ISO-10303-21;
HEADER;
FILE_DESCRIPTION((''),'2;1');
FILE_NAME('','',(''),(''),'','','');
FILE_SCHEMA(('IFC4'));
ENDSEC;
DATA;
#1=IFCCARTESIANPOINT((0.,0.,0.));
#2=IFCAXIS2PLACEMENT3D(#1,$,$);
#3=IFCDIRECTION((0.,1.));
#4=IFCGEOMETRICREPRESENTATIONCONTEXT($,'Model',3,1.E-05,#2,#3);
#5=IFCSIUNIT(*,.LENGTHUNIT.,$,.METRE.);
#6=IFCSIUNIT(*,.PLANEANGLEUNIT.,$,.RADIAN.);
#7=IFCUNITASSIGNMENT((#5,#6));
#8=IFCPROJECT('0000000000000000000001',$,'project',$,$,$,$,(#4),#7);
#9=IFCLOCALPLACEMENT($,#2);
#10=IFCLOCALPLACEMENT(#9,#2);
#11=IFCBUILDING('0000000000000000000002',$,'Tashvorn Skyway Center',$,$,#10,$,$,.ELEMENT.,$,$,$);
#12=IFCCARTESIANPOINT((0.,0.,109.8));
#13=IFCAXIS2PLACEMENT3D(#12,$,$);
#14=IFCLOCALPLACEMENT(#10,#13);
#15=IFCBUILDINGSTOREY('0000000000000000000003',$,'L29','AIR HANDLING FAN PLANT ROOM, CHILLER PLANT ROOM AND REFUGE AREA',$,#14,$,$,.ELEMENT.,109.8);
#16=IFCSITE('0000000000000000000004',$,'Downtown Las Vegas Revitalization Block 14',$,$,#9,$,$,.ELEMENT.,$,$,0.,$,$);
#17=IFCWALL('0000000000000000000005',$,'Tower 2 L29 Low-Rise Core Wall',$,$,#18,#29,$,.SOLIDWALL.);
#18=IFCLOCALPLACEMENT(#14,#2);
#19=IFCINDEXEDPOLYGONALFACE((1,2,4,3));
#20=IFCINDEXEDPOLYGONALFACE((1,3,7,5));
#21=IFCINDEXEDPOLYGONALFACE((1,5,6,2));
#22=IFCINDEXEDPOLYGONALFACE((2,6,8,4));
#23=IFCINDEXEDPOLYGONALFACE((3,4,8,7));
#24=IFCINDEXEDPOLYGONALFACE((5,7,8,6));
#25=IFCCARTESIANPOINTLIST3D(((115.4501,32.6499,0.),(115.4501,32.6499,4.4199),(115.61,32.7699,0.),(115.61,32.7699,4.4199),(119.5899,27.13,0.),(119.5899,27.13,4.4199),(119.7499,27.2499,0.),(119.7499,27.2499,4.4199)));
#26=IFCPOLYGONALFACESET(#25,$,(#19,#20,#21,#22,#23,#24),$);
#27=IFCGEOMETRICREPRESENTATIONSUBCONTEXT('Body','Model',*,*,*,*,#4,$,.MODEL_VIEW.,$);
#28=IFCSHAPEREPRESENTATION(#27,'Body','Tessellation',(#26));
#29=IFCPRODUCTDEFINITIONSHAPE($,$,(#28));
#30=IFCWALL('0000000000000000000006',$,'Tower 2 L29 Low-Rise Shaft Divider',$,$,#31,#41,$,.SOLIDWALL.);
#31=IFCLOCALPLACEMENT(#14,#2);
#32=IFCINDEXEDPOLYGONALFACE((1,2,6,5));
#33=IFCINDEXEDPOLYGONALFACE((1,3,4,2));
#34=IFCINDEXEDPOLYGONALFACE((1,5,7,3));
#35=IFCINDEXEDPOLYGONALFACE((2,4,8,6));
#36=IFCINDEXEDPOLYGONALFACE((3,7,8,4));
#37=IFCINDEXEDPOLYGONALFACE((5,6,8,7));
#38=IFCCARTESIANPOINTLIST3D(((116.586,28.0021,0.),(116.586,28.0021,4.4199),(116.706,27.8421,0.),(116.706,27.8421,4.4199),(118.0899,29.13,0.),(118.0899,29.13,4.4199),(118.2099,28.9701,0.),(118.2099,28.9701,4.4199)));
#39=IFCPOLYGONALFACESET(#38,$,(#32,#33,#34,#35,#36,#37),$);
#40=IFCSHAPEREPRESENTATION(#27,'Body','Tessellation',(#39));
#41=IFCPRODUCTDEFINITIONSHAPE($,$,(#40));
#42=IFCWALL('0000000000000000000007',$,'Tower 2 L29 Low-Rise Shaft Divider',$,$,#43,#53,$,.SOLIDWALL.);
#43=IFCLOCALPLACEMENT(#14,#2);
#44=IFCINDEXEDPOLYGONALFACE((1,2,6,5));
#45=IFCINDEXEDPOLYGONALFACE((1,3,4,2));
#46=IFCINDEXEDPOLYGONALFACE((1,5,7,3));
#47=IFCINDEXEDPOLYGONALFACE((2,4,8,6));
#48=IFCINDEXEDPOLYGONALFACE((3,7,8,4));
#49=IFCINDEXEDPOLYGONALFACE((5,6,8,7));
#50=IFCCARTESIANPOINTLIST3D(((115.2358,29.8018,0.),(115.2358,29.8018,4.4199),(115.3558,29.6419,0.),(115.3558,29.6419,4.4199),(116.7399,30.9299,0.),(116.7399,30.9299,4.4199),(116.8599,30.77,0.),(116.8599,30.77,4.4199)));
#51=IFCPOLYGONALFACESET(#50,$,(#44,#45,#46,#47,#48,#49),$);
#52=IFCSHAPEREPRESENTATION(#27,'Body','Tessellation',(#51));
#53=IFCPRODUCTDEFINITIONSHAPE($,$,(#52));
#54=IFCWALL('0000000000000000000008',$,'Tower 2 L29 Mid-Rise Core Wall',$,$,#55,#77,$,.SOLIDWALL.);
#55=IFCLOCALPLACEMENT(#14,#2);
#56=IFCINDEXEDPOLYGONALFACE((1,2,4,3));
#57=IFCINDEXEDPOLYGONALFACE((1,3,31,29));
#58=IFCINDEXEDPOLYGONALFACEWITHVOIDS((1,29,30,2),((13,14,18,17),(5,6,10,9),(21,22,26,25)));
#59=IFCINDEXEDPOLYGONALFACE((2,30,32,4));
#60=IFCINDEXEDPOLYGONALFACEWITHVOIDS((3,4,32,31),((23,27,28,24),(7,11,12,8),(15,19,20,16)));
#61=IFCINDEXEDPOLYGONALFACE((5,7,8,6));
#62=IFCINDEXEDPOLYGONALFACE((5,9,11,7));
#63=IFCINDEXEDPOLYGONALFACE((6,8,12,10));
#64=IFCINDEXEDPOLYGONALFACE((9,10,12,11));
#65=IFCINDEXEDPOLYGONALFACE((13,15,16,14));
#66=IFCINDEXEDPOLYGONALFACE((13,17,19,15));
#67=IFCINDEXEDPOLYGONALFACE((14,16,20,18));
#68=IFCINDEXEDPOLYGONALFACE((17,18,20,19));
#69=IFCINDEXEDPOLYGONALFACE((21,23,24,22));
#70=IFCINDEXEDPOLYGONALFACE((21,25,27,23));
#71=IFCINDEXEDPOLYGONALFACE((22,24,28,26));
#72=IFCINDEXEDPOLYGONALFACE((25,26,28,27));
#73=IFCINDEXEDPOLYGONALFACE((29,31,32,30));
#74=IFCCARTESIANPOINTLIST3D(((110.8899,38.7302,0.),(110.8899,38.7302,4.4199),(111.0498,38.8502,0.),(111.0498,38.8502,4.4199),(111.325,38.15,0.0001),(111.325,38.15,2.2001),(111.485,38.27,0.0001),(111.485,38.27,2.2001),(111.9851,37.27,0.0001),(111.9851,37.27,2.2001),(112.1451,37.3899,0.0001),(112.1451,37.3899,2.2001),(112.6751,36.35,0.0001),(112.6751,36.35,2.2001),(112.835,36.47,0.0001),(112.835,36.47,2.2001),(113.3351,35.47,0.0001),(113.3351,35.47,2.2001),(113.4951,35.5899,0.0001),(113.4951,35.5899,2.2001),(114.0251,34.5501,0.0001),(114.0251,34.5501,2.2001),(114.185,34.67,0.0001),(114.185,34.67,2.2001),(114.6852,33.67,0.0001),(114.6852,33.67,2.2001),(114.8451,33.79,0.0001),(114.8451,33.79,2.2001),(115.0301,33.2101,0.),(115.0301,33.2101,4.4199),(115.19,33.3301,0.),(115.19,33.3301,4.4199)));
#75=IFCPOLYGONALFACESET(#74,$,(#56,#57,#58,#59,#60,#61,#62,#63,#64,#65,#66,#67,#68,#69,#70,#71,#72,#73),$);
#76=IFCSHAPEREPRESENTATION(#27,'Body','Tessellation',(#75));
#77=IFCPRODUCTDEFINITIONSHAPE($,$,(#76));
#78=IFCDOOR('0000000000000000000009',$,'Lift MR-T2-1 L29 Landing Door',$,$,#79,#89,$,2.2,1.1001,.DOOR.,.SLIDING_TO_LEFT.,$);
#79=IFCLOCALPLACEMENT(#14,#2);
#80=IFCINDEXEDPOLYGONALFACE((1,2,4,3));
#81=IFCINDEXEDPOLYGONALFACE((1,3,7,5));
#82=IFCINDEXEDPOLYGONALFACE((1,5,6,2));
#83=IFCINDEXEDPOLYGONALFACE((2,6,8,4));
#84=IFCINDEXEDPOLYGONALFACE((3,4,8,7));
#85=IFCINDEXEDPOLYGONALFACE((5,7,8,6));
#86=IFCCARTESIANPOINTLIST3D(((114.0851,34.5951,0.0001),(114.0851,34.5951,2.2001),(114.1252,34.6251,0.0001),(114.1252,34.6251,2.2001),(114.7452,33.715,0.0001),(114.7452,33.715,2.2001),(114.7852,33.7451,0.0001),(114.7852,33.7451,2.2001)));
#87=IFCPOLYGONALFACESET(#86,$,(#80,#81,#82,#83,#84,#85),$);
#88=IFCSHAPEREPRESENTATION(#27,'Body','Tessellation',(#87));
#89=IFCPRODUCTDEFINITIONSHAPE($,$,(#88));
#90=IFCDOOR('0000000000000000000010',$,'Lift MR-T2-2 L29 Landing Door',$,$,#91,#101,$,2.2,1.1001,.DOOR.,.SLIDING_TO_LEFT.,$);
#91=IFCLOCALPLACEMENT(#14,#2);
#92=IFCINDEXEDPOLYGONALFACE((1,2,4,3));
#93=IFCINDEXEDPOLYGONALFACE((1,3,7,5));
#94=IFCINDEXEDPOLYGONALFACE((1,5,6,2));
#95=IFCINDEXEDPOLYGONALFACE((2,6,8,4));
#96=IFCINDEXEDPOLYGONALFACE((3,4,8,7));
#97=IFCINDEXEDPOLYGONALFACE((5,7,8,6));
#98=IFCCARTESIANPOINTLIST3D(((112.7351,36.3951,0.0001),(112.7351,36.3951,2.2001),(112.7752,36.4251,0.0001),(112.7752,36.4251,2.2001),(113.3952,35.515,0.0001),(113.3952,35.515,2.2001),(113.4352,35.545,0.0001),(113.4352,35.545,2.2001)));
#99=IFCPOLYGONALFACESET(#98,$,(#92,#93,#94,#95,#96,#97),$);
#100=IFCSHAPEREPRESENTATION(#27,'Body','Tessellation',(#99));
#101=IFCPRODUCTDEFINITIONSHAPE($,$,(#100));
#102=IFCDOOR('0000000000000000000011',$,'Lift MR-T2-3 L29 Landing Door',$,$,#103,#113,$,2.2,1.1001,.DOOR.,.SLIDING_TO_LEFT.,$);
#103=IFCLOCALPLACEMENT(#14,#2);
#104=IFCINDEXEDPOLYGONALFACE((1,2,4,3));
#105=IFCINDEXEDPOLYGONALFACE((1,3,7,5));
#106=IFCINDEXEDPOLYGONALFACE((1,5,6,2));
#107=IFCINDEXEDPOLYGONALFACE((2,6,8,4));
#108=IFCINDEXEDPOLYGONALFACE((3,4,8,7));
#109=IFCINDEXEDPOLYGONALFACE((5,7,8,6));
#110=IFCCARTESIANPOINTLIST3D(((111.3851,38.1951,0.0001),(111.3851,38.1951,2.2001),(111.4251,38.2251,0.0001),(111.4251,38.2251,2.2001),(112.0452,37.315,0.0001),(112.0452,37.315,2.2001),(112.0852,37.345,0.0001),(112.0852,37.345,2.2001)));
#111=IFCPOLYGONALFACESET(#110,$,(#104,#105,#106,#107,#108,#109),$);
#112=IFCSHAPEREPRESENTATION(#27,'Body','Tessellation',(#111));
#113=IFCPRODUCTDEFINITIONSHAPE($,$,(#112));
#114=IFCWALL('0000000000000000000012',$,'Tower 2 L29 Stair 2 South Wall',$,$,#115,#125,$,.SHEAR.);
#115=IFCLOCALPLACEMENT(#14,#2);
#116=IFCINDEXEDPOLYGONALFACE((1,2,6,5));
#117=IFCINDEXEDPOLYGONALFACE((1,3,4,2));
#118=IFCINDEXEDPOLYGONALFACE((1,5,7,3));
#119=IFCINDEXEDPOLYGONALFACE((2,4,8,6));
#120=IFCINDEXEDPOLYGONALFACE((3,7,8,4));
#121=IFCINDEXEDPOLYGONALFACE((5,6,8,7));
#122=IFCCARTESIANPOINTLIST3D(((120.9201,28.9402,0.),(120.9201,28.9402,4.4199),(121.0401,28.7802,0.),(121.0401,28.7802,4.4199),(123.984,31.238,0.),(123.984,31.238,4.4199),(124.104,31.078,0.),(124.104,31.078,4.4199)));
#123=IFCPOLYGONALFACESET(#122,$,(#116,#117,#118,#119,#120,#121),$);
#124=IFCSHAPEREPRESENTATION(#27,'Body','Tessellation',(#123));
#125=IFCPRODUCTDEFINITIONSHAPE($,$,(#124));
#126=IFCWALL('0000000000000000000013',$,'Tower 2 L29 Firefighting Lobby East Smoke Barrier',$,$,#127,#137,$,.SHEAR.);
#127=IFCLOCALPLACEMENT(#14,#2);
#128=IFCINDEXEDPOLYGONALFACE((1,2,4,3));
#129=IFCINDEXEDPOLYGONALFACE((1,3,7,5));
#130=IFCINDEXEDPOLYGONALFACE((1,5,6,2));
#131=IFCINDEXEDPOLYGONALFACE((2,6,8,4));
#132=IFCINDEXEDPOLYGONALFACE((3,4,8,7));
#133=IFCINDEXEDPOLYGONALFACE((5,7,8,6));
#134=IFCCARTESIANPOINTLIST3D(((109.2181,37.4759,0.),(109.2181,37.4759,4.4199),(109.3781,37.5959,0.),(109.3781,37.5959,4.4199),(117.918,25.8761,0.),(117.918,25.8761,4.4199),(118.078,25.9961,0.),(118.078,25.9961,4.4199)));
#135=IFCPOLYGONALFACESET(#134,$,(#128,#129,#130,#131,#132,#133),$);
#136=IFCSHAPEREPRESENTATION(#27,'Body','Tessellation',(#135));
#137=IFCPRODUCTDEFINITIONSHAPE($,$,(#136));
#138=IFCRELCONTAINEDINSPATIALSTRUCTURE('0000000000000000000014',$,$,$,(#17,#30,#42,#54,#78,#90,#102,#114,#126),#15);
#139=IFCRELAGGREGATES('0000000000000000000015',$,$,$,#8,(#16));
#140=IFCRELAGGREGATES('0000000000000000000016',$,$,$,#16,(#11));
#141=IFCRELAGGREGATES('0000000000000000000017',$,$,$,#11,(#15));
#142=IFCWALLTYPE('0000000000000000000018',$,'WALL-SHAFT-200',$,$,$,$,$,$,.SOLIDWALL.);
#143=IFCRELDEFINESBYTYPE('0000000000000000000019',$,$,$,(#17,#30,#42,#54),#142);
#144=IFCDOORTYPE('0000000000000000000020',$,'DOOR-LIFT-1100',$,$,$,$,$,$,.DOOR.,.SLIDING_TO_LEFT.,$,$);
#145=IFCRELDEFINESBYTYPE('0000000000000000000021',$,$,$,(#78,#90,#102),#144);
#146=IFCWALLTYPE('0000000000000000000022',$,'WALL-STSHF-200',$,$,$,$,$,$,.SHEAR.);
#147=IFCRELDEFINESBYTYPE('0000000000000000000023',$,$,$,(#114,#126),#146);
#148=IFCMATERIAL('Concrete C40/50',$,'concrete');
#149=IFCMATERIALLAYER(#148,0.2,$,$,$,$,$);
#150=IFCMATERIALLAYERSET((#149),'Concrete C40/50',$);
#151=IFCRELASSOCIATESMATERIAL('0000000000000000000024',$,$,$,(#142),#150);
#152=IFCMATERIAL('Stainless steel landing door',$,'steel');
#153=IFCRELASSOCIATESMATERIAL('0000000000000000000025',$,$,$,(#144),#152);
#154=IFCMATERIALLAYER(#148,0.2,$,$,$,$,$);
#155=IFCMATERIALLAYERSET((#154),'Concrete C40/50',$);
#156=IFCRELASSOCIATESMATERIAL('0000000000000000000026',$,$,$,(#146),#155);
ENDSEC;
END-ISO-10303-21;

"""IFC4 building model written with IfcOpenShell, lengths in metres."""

from ifc_helpers import new_model, si_unit, direction, frame, frame_2d, origin, place, context, subcontext, project, spatial, rectangle, extrude, material, layer, layer_set, type_object, element, fill, save


model = new_model("IFC4")

# Units and contexts
model_context = context("Model", 3, precision=1e-05, world=origin(), true_north=direction((0.0, 1.0)))
body_context = subcontext(model_context, "Body", "Model", "MODEL_VIEW")
ifc_project = project(units=[si_unit("LENGTHUNIT", "METRE"), si_unit("PLANEANGLEUNIT", "RADIAN")], contexts=[model_context])

# Site, building, storey
site_placement = place(None, origin())
site = spatial("IfcSite", under=ifc_project, at=site_placement, Name="Downtown Las Vegas Revitalization Block 14", CompositionType="ELEMENT", RefElevation=0.0)
building_placement = place(site_placement, origin())
building = spatial("IfcBuilding", under=site, at=building_placement, Name="Tashvorn Skyway Center", CompositionType="ELEMENT")
storey_placement = place(building_placement, frame((0.0, 0.0, 109.8)))
storey = spatial("IfcBuildingStorey", under=building, at=storey_placement, Name="L29", Description="AIR HANDLING FAN PLANT ROOM, CHILLER PLANT ROOM AND REFUGE AREA", CompositionType="ELEMENT", Elevation=109.8)

# Walls
ifc_material_1 = material(Name="Concrete C40/50", Category="concrete")
ifc_layer_1 = layer(ifc_material_1, 0.2)
ifc_layer_set_1 = layer_set([ifc_layer_1], Name="Concrete C40/50")
wall_type_1 = type_object("IfcWallType", Name="WALL-SHAFT-200", PredefinedType="SOLIDWALL", material=ifc_layer_set_1)
wall_1_placement = place(storey_placement, frame((119.6699, 27.1899, 0.0), z_axis=(0.0, 0.0, 1.0), x_axis=(-0.599989, 0.800008, 0.0)))
element("IfcWall", 1, at=wall_1_placement, inside=storey, type_object=wall_type_1, Name="Tower 2 L29 Low-Rise Core Wall", PredefinedType="SOLIDWALL", context=body_context, shape_type="SweptSolid", body=[
    extrude(rectangle(XDim=6.8999, YDim=0.2, at=frame_2d((3.45, 0.0))), origin(), (0.0, 0.0, 1.0), 4.4199),
])
wall_2_placement = place(storey_placement, frame((116.646, 27.9221, 0.0), z_axis=(0.0, 0.0, 1.0), x_axis=(0.8, 0.6, 0.0)))
element("IfcWall", 2, at=wall_2_placement, inside=storey, type_object=wall_type_1, Name="Tower 2 L29 Low-Rise Shaft Divider", PredefinedType="SOLIDWALL", context=body_context, shape_type="SweptSolid", body=[
    extrude(rectangle(XDim=1.8799, YDim=0.2, at=frame_2d((0.9399, 0.0))), origin(), (0.0, 0.0, 1.0), 4.4199),
])
wall_3_placement = place(storey_placement, frame((115.2959, 29.7219, 0.0), z_axis=(0.0, 0.0, 1.0), x_axis=(0.799984, 0.600021, 0.0)))
element("IfcWall", 3, at=wall_3_placement, inside=storey, type_object=wall_type_1, Name="Tower 2 L29 Low-Rise Shaft Divider", PredefinedType="SOLIDWALL", context=body_context, shape_type="SweptSolid", body=[
    extrude(rectangle(XDim=1.8801, YDim=0.2, at=frame_2d((0.9399, 0.0))), origin(), (0.0, 0.0, 1.0), 4.4199),
])

# Wall, openings, doors
wall_4_placement = place(storey_placement, frame((115.1101, 33.27, 0.0), z_axis=(0.0, 0.0, 1.0), x_axis=(-0.600011, 0.799992, 0.0)))
wall_4 = element("IfcWall", 4, at=wall_4_placement, inside=storey, type_object=wall_type_1, Name="Tower 2 L29 Mid-Rise Core Wall", PredefinedType="SOLIDWALL", context=body_context, shape_type="SweptSolid", body=[
    extrude(rectangle(XDim=6.9001, YDim=0.2, at=frame_2d((3.4502, 0.0))), origin(), (0.0, 0.0, 1.0), 4.4199),
])
opening_1_placement = place(wall_4_placement, frame((0.575, 0.0, 0.0)))
opening_1 = element("IfcOpeningElement", 5, at=opening_1_placement, cuts=wall_4, PredefinedType="OPENING", context=body_context, shape_type="SweptSolid", body=[
    extrude(rectangle(XDim=1.1001, YDim=2.2, at=frame_2d((0.55, 1.1001))), frame((0.0, 0.1099, 0.0), z_axis=(0.0, -1.0, 0.0), x_axis=(1.0, 0.0, 0.0)), (0.0, 0.0, 1.0), 0.22),
])
opening_2_placement = place(wall_4_placement, frame((2.825, 0.0, 0.0)))
opening_2 = element("IfcOpeningElement", 6, at=opening_2_placement, cuts=wall_4, PredefinedType="OPENING", context=body_context, shape_type="SweptSolid", body=[
    extrude(rectangle(XDim=1.1001, YDim=2.2, at=frame_2d((0.55, 1.1001))), frame((0.0, 0.1099, 0.0), z_axis=(0.0, -1.0, 0.0), x_axis=(1.0, 0.0, 0.0)), (0.0, 0.0, 1.0), 0.22),
])
opening_3_placement = place(wall_4_placement, frame((5.075, 0.0, 0.0)))
opening_3 = element("IfcOpeningElement", 7, at=opening_3_placement, cuts=wall_4, PredefinedType="OPENING", context=body_context, shape_type="SweptSolid", body=[
    extrude(rectangle(XDim=1.1001, YDim=2.2, at=frame_2d((0.55, 1.1001))), frame((0.0, 0.1099, 0.0), z_axis=(0.0, -1.0, 0.0), x_axis=(1.0, 0.0, 0.0)), (0.0, 0.0, 1.0), 0.22),
])
ifc_material_2 = material(Name="Stainless steel landing door", Category="steel")
door_type_1 = type_object("IfcDoorType", Name="DOOR-LIFT-1100", OperationType="SLIDING_TO_LEFT", PredefinedType="DOOR", material=ifc_material_2)
door_1_placement = place(opening_1_placement, origin())
door_1 = element("IfcDoor", 8, at=door_1_placement, inside=storey, type_object=door_type_1, Name="Lift MR-T2-1 L29 Landing Door", OperationType="SLIDING_TO_LEFT", OverallHeight=2.2, OverallWidth=1.1001, PredefinedType="DOOR", context=body_context, shape_type="SweptSolid", body=[
    extrude(rectangle(XDim=1.1001, YDim=2.2, at=frame_2d((0.55, 1.1001))), frame((0.0, 0.0249, 0.0), z_axis=(0.0, -1.0, 0.0), x_axis=(1.0, 0.0, 0.0)), (0.0, 0.0, 1.0), 0.05),
])
fill(opening_1, door_1)
door_2_placement = place(opening_2_placement, origin())
door_2 = element("IfcDoor", 9, at=door_2_placement, inside=storey, type_object=door_type_1, Name="Lift MR-T2-2 L29 Landing Door", OperationType="SLIDING_TO_LEFT", OverallHeight=2.2, OverallWidth=1.1001, PredefinedType="DOOR", context=body_context, shape_type="SweptSolid", body=[
    extrude(rectangle(XDim=1.1001, YDim=2.2, at=frame_2d((0.55, 1.1001))), frame((0.0, 0.0249, 0.0), z_axis=(0.0, -1.0, 0.0), x_axis=(1.0, 0.0, 0.0)), (0.0, 0.0, 1.0), 0.05),
])
fill(opening_2, door_2)
door_3_placement = place(opening_3_placement, origin())
door_3 = element("IfcDoor", 10, at=door_3_placement, inside=storey, type_object=door_type_1, Name="Lift MR-T2-3 L29 Landing Door", OperationType="SLIDING_TO_LEFT", OverallHeight=2.2, OverallWidth=1.1001, PredefinedType="DOOR", context=body_context, shape_type="SweptSolid", body=[
    extrude(rectangle(XDim=1.1001, YDim=2.2, at=frame_2d((0.55, 1.1001))), frame((0.0, 0.0249, 0.0), z_axis=(0.0, -1.0, 0.0), x_axis=(1.0, 0.0, 0.0)), (0.0, 0.0, 1.0), 0.05),
])
fill(opening_3, door_3)

# Walls
ifc_layer_2 = layer(ifc_material_1, 0.2)
ifc_layer_set_2 = layer_set([ifc_layer_2], Name="Concrete C40/50")
wall_type_2 = type_object("IfcWallType", Name="WALL-STSHF-200", PredefinedType="SHEAR", material=ifc_layer_set_2)
wall_5_placement = place(storey_placement, frame((120.98, 28.8601, 0.0), z_axis=(0.0, 0.0, 1.0), x_axis=(0.800015, 0.59998, 0.0)))
element("IfcWall", 11, at=wall_5_placement, inside=storey, type_object=wall_type_2, Name="Tower 2 L29 Stair 2 South Wall", PredefinedType="SHEAR", context=body_context, shape_type="SweptSolid", body=[
    extrude(rectangle(XDim=3.8298, YDim=0.2, at=frame_2d((1.915, 0.0))), origin(), (0.0, 0.0, 1.0), 4.4199),
])
wall_6_placement = place(storey_placement, frame((117.998, 25.936, 0.0), z_axis=(0.0, 0.0, 1.0), x_axis=(-0.600003, 0.799998, 0.0)))
element("IfcWall", 12, at=wall_6_placement, inside=storey, type_object=wall_type_2, Name="Tower 2 L29 Firefighting Lobby East Smoke Barrier", PredefinedType="SHEAR", context=body_context, shape_type="SweptSolid", body=[
    extrude(rectangle(XDim=14.4998, YDim=0.2, at=frame_2d((7.25, 0.0))), origin(), (0.0, 0.0, 1.0), 4.4199),
])

save(model, "model.ifc")
